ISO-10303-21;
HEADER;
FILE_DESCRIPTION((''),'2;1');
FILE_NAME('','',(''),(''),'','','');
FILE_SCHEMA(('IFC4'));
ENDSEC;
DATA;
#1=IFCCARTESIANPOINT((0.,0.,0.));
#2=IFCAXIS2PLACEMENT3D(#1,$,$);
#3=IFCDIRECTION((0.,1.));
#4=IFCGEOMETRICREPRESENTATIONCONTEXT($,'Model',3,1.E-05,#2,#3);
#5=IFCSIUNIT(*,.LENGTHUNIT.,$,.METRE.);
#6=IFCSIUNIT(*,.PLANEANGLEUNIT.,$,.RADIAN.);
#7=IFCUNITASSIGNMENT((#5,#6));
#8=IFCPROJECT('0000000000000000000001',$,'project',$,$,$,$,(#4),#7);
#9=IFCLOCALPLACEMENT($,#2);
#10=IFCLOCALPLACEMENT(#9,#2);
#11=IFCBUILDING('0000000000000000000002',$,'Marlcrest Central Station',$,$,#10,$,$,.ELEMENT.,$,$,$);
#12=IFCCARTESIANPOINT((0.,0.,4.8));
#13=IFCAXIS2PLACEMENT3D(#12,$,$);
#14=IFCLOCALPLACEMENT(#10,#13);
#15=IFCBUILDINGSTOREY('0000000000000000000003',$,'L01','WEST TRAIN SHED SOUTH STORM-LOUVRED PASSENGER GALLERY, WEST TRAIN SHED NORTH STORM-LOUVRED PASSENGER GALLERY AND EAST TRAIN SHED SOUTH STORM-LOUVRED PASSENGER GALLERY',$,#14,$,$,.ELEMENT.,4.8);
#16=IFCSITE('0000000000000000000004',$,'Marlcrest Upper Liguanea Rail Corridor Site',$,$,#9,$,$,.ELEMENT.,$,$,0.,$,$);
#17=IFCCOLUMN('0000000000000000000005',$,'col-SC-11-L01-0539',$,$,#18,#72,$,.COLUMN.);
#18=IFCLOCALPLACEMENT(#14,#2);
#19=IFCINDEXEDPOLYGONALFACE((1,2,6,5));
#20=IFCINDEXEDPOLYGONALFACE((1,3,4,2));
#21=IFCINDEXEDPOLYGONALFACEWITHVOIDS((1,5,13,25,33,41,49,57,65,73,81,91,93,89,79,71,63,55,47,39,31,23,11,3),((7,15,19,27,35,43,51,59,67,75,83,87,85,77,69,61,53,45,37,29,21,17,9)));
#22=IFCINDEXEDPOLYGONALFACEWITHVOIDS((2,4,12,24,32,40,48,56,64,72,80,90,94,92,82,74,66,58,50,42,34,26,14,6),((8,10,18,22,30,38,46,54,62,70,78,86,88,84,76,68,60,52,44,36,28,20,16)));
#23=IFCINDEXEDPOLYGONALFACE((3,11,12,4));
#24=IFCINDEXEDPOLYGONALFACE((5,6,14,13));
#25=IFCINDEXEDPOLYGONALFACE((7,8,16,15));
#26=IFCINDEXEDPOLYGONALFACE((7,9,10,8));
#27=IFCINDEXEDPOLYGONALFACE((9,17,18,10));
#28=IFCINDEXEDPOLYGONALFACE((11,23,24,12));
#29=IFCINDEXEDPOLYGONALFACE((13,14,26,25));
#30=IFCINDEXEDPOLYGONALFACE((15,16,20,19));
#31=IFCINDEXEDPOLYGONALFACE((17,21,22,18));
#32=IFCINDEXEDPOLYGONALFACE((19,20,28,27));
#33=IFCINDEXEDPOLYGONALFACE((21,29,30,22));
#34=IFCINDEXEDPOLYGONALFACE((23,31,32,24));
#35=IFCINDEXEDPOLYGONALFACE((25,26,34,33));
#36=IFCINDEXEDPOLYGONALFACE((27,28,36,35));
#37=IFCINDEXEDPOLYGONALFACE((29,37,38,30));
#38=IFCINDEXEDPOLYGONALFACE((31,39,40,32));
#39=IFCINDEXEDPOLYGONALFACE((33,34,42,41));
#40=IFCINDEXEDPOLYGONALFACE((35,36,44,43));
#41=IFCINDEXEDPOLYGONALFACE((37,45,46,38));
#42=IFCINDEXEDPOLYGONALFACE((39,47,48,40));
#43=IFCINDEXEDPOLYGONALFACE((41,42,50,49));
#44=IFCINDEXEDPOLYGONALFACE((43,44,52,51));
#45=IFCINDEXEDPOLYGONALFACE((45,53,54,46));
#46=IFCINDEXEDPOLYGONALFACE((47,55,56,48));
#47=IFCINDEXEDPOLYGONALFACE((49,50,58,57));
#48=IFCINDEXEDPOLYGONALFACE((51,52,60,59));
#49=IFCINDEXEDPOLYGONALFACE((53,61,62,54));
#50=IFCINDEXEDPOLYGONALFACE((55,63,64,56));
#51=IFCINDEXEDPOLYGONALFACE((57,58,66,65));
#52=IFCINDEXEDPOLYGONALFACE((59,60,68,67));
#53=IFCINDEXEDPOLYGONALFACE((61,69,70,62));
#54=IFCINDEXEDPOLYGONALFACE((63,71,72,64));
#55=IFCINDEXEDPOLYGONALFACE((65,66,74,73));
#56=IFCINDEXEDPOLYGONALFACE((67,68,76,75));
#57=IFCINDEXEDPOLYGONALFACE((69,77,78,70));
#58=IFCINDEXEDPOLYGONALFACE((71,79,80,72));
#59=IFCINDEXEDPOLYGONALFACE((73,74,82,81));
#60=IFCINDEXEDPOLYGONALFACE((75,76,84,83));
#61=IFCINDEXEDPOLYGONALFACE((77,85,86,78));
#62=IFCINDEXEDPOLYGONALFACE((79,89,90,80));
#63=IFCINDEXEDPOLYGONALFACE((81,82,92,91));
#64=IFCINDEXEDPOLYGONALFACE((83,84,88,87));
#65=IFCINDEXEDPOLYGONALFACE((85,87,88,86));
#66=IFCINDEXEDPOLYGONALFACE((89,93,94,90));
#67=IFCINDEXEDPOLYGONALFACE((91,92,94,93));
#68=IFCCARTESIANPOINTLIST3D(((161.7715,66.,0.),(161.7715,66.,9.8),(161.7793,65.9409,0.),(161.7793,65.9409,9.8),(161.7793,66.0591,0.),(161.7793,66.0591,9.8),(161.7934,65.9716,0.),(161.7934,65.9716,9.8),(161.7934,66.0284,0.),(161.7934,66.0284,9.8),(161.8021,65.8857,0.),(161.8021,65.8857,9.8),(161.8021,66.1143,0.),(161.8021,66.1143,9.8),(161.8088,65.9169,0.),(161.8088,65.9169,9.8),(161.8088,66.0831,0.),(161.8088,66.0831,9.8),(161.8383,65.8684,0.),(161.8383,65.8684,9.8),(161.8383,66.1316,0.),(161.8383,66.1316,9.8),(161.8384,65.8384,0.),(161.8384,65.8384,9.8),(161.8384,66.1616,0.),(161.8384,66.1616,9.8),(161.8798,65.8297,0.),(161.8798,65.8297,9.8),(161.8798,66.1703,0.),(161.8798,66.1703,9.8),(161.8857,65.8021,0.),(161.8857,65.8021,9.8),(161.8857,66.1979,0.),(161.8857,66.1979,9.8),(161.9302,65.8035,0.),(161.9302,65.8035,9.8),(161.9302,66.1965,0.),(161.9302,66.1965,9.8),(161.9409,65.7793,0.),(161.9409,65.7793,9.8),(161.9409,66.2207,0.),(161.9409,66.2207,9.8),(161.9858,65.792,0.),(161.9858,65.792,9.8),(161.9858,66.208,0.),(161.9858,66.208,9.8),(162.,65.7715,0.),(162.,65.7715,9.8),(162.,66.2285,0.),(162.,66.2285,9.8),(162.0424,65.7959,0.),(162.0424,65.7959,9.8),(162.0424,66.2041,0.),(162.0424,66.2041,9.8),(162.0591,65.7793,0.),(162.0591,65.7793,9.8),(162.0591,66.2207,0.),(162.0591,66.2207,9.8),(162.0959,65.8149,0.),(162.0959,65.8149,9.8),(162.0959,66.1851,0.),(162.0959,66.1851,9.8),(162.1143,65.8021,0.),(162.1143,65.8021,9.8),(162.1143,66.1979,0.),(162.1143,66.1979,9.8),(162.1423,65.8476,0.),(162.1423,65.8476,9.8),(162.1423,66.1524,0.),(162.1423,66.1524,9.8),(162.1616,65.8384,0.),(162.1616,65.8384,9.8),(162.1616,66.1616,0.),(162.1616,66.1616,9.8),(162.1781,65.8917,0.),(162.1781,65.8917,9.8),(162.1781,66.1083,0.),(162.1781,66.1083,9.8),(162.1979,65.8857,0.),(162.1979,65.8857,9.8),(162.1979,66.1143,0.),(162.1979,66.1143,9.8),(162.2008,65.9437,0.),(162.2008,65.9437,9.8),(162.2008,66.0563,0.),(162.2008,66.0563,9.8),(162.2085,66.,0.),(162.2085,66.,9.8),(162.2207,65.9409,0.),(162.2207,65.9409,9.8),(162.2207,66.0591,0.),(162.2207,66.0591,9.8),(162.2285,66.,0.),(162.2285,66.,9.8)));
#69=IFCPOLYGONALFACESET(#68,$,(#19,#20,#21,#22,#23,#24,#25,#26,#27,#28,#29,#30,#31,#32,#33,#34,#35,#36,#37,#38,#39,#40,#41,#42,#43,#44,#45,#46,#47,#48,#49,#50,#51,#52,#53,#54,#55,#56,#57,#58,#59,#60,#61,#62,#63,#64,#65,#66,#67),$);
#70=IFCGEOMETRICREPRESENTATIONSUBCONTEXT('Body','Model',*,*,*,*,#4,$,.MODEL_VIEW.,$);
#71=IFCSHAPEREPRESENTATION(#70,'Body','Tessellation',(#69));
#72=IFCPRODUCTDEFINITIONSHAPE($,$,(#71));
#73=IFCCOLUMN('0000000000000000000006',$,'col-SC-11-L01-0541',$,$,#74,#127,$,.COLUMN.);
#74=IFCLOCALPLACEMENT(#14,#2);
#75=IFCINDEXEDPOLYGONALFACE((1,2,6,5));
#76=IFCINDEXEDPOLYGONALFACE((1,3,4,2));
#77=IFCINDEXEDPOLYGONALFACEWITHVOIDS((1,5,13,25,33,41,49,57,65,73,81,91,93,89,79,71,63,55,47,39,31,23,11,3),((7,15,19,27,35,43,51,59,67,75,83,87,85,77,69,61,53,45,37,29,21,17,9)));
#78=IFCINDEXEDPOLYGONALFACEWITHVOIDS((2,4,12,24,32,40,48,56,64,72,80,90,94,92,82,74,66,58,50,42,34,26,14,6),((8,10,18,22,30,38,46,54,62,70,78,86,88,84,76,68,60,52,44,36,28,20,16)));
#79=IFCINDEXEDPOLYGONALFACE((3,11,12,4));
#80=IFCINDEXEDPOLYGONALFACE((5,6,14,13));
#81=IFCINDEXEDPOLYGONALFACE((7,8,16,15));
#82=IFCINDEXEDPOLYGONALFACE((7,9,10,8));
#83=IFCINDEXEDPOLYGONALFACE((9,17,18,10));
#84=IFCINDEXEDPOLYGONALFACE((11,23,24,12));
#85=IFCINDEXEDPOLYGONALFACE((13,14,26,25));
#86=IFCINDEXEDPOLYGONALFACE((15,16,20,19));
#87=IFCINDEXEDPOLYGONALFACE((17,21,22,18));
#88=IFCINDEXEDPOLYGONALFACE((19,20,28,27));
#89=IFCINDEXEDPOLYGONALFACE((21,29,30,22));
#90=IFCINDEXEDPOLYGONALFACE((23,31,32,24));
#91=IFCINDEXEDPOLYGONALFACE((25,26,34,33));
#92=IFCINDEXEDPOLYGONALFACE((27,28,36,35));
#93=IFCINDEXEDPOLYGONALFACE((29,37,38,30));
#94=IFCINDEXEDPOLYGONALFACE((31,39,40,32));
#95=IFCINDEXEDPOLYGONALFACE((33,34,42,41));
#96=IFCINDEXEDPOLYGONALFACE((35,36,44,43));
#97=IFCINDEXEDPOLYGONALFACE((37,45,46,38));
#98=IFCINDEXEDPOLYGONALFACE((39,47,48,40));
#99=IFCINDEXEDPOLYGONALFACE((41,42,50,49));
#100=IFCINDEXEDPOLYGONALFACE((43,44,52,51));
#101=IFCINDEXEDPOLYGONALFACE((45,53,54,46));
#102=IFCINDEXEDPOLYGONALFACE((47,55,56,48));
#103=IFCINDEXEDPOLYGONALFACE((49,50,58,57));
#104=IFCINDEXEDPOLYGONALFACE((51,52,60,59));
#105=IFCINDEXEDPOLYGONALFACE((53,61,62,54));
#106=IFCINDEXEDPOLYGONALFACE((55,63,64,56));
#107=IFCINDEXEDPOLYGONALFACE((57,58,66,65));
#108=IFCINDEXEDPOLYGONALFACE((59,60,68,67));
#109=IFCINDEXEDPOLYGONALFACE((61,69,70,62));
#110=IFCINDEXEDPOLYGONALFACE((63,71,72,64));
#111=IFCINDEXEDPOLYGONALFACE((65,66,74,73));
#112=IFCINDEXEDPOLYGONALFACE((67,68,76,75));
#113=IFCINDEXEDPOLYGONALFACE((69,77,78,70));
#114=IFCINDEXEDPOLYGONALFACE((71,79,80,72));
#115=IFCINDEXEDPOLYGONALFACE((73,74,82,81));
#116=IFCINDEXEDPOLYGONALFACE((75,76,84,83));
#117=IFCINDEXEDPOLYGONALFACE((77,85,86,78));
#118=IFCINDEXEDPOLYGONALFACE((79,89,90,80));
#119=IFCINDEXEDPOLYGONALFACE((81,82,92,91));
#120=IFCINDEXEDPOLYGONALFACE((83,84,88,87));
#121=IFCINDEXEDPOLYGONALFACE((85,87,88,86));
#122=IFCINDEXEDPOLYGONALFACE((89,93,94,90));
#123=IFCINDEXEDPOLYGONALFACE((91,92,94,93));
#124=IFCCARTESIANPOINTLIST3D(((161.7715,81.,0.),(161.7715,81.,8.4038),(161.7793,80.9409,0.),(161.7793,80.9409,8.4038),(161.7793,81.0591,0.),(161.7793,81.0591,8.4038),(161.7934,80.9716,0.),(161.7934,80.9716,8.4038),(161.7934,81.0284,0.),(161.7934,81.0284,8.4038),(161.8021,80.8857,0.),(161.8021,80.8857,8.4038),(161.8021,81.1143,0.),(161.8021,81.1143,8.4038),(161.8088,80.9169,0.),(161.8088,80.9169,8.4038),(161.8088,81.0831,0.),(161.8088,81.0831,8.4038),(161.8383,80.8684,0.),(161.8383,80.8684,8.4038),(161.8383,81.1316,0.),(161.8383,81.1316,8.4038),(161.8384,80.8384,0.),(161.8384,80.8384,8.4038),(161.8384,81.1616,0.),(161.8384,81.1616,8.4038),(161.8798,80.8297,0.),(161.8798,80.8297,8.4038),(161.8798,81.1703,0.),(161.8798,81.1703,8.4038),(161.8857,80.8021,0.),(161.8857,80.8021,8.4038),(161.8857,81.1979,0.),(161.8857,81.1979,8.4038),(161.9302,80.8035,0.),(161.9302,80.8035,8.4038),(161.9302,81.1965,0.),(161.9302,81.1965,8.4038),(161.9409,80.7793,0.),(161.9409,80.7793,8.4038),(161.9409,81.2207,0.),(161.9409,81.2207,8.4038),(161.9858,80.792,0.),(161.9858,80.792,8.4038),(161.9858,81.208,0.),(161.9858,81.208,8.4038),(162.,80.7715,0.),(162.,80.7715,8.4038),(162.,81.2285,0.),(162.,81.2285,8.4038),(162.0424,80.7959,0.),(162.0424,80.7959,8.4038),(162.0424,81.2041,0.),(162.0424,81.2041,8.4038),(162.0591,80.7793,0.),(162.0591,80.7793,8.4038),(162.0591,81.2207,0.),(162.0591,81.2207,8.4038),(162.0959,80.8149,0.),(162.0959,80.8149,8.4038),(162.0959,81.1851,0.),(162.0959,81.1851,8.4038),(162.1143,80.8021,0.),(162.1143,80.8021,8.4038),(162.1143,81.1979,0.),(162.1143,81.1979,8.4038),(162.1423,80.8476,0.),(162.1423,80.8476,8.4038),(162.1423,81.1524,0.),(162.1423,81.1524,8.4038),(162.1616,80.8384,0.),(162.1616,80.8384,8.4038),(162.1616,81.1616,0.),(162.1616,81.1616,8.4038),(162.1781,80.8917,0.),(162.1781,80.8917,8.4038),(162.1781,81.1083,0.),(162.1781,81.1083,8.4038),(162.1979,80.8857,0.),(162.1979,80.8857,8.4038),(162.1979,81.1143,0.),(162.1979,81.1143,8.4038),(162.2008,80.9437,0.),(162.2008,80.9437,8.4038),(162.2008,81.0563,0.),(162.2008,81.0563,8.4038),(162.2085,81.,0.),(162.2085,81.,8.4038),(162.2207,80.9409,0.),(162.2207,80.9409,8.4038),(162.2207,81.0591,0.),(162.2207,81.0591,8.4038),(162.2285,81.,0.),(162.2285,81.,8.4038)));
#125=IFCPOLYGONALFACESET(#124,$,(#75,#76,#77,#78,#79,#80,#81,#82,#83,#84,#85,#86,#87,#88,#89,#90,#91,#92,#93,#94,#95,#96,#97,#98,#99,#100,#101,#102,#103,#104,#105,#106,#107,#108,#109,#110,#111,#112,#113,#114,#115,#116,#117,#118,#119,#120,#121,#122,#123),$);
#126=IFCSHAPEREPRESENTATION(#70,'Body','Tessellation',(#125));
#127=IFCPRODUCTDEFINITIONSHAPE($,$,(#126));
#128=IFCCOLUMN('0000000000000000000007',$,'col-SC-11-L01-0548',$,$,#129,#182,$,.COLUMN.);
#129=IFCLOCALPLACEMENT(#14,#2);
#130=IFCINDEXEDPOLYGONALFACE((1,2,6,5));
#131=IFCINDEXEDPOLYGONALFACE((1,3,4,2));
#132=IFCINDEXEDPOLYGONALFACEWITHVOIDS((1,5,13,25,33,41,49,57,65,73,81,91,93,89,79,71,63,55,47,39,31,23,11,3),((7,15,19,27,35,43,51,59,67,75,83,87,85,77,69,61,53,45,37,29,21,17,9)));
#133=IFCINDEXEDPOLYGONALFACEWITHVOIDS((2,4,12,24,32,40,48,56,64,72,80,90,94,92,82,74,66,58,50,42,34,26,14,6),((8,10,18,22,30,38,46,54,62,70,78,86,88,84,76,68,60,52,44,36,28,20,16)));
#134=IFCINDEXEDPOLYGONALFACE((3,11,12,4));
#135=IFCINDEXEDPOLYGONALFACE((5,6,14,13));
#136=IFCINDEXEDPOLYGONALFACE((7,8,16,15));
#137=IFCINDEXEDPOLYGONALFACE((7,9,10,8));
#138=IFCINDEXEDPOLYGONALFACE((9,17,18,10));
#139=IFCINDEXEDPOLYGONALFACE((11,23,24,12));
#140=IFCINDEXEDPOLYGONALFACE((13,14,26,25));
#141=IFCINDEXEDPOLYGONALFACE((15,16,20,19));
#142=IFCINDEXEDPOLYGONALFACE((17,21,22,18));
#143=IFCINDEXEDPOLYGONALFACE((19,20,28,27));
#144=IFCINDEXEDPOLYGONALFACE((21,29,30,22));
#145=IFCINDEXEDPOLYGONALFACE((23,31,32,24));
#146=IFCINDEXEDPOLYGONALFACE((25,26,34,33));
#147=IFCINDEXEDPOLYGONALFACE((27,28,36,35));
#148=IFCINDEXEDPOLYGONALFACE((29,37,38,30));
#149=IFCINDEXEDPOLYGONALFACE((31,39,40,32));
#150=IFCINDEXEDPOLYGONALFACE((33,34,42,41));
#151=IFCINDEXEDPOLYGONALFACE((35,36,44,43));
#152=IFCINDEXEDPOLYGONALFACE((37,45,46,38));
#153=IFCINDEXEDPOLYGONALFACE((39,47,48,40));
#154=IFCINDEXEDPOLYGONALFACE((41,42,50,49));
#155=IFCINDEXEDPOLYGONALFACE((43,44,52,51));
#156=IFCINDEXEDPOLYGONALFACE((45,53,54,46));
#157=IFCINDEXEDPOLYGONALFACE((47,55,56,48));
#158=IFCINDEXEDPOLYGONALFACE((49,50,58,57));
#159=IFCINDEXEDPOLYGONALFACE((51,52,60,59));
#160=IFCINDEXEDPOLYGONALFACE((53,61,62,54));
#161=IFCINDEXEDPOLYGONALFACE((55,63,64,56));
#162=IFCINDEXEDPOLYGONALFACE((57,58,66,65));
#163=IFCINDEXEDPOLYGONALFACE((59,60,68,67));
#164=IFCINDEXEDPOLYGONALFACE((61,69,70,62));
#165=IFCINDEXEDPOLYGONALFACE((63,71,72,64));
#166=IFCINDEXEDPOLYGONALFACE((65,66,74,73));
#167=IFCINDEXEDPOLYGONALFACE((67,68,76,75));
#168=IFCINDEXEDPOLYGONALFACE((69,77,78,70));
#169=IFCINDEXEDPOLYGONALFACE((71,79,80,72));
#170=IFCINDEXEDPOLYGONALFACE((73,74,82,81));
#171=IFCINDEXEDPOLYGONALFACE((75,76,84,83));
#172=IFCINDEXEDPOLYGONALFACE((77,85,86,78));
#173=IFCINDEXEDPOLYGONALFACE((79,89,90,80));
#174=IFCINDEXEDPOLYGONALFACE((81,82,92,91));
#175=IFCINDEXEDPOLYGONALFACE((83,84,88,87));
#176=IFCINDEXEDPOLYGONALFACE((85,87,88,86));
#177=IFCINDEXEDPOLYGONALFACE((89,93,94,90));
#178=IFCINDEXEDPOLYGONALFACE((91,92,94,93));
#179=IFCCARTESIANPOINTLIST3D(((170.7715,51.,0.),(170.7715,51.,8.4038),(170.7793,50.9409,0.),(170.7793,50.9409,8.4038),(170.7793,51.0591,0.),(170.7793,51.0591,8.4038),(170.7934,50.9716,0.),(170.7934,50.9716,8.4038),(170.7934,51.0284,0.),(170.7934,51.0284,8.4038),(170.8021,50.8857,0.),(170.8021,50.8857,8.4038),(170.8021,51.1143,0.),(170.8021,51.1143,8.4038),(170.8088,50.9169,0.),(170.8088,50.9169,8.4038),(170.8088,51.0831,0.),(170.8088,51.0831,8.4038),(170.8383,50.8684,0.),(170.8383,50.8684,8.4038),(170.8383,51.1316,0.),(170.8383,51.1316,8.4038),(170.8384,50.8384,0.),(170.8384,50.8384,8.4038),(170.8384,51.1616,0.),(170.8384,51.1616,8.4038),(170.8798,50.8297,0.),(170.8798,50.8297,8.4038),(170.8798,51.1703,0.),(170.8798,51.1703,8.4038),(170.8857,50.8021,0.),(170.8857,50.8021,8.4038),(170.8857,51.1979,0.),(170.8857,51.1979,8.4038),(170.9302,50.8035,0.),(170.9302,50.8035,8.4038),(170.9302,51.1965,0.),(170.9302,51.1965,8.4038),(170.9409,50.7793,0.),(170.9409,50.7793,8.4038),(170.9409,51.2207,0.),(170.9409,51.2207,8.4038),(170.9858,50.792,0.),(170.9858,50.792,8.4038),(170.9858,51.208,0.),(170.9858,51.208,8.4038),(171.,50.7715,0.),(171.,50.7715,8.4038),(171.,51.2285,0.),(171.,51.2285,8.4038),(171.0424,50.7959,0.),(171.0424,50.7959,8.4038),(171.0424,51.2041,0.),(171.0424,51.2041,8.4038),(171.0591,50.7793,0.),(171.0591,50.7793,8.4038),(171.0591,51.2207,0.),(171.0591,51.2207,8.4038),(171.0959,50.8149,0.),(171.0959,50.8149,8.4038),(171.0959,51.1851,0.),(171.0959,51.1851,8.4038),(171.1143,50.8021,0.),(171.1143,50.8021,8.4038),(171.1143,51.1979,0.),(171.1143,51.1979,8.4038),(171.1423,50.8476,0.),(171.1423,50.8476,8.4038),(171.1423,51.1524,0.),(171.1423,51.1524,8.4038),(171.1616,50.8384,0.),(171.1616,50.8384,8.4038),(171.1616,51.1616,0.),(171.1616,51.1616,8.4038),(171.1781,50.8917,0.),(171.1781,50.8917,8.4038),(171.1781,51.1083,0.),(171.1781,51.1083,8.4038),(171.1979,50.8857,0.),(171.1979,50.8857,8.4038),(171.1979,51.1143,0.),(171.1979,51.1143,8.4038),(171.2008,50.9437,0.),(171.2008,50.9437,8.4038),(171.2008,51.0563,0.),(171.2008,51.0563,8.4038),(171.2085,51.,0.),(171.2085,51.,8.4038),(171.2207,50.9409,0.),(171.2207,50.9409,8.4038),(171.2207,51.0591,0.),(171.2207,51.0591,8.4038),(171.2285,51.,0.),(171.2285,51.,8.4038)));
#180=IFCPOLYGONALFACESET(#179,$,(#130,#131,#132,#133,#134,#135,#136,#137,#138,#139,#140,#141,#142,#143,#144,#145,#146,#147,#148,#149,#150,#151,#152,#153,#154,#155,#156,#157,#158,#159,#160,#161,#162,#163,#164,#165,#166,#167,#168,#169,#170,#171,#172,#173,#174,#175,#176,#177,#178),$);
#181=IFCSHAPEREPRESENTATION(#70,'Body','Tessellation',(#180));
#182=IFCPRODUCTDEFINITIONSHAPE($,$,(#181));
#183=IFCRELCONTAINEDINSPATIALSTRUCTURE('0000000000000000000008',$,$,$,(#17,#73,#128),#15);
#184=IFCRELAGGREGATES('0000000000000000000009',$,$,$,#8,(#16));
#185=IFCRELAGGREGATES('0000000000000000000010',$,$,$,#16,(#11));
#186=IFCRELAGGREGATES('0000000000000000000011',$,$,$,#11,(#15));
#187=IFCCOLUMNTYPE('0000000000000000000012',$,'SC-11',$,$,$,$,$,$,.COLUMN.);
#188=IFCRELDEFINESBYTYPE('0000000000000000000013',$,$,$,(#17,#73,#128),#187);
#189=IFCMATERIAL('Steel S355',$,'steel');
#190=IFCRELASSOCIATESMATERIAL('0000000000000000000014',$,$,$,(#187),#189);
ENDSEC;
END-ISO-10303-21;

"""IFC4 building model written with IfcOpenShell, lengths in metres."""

from ifc_helpers import new_model, si_unit, direction, frame, origin, origin_2d, place, context, subcontext, project, spatial, hollow_circle, extrude, material, material_profile, profile_set, type_object, element, save


model = new_model("IFC4")

# Units and contexts
model_context = context("Model", 3, precision=1e-05, world=origin(), true_north=direction((0.0, 1.0)))
body_context = subcontext(model_context, "Body", "Model", "MODEL_VIEW")
ifc_project = project(units=[si_unit("LENGTHUNIT", "METRE"), si_unit("PLANEANGLEUNIT", "RADIAN")], contexts=[model_context])

# Site, building, storey
site_placement = place(None, origin())
site = spatial("IfcSite", under=ifc_project, at=site_placement, Name="Marlcrest Upper Liguanea Rail Corridor Site", CompositionType="ELEMENT", RefElevation=0.0)
building_placement = place(site_placement, origin())
building = spatial("IfcBuilding", under=site, at=building_placement, Name="Marlcrest Central Station", CompositionType="ELEMENT")
storey_placement = place(building_placement, frame((0.0, 0.0, 4.8)))
storey = spatial("IfcBuildingStorey", under=building, at=storey_placement, Name="L01", Description="WEST TRAIN SHED SOUTH STORM-LOUVRED PASSENGER GALLERY, WEST TRAIN SHED NORTH STORM-LOUVRED PASSENGER GALLERY AND EAST TRAIN SHED SOUTH STORM-LOUVRED PASSENGER GALLERY", CompositionType="ELEMENT", Elevation=4.8)

# Columns
ifc_material = material(Name="Steel S355", Category="steel")
ifc_material_profile = material_profile(ifc_material, hollow_circle(Radius=0.2285, WallThickness=0.02, at=origin_2d()), Name="CHS 457x20")
ifc_profile_set = profile_set([ifc_material_profile], Name="Steel S355")
column_type = type_object("IfcColumnType", Name="SC-11", PredefinedType="COLUMN", material=ifc_profile_set)
column_1_placement = place(storey_placement, frame((162.0, 66.0, 0.0), z_axis=(0.0, 0.0, 1.0), x_axis=(1.0, 0.0, 0.0)))
element("IfcColumn", 1, at=column_1_placement, inside=storey, type_object=column_type, Name="col-SC-11-L01-0539", PredefinedType="COLUMN", context=body_context, shape_type="SweptSolid", body=[
    extrude(hollow_circle(Radius=0.2285, WallThickness=0.02, at=origin_2d()), origin(), (0.0, 0.0, 1.0), 9.8),
])
for number, where, z_axis, x_axis, name in (
    (2, (162.0, 81.0, 0.0), (0.0, 0.0, 1.0), (1.0, 0.0, 0.0), "col-SC-11-L01-0541"),
    (3, (171.0, 51.0, 0.0), (0.0, 0.0, 1.0), (1.0, 0.0, 0.0), "col-SC-11-L01-0548"),
):
    element("IfcColumn", number, at=place(storey_placement, frame(where, z_axis=z_axis, x_axis=x_axis)), inside=storey, type_object=column_type, Name=name, PredefinedType="COLUMN", context=body_context, shape_type="SweptSolid", body=[
        extrude(hollow_circle(Radius=0.2285, WallThickness=0.02, at=origin_2d()), origin(), (0.0, 0.0, 1.0), 8.4038),
    ])

save(model, "model.ifc")
